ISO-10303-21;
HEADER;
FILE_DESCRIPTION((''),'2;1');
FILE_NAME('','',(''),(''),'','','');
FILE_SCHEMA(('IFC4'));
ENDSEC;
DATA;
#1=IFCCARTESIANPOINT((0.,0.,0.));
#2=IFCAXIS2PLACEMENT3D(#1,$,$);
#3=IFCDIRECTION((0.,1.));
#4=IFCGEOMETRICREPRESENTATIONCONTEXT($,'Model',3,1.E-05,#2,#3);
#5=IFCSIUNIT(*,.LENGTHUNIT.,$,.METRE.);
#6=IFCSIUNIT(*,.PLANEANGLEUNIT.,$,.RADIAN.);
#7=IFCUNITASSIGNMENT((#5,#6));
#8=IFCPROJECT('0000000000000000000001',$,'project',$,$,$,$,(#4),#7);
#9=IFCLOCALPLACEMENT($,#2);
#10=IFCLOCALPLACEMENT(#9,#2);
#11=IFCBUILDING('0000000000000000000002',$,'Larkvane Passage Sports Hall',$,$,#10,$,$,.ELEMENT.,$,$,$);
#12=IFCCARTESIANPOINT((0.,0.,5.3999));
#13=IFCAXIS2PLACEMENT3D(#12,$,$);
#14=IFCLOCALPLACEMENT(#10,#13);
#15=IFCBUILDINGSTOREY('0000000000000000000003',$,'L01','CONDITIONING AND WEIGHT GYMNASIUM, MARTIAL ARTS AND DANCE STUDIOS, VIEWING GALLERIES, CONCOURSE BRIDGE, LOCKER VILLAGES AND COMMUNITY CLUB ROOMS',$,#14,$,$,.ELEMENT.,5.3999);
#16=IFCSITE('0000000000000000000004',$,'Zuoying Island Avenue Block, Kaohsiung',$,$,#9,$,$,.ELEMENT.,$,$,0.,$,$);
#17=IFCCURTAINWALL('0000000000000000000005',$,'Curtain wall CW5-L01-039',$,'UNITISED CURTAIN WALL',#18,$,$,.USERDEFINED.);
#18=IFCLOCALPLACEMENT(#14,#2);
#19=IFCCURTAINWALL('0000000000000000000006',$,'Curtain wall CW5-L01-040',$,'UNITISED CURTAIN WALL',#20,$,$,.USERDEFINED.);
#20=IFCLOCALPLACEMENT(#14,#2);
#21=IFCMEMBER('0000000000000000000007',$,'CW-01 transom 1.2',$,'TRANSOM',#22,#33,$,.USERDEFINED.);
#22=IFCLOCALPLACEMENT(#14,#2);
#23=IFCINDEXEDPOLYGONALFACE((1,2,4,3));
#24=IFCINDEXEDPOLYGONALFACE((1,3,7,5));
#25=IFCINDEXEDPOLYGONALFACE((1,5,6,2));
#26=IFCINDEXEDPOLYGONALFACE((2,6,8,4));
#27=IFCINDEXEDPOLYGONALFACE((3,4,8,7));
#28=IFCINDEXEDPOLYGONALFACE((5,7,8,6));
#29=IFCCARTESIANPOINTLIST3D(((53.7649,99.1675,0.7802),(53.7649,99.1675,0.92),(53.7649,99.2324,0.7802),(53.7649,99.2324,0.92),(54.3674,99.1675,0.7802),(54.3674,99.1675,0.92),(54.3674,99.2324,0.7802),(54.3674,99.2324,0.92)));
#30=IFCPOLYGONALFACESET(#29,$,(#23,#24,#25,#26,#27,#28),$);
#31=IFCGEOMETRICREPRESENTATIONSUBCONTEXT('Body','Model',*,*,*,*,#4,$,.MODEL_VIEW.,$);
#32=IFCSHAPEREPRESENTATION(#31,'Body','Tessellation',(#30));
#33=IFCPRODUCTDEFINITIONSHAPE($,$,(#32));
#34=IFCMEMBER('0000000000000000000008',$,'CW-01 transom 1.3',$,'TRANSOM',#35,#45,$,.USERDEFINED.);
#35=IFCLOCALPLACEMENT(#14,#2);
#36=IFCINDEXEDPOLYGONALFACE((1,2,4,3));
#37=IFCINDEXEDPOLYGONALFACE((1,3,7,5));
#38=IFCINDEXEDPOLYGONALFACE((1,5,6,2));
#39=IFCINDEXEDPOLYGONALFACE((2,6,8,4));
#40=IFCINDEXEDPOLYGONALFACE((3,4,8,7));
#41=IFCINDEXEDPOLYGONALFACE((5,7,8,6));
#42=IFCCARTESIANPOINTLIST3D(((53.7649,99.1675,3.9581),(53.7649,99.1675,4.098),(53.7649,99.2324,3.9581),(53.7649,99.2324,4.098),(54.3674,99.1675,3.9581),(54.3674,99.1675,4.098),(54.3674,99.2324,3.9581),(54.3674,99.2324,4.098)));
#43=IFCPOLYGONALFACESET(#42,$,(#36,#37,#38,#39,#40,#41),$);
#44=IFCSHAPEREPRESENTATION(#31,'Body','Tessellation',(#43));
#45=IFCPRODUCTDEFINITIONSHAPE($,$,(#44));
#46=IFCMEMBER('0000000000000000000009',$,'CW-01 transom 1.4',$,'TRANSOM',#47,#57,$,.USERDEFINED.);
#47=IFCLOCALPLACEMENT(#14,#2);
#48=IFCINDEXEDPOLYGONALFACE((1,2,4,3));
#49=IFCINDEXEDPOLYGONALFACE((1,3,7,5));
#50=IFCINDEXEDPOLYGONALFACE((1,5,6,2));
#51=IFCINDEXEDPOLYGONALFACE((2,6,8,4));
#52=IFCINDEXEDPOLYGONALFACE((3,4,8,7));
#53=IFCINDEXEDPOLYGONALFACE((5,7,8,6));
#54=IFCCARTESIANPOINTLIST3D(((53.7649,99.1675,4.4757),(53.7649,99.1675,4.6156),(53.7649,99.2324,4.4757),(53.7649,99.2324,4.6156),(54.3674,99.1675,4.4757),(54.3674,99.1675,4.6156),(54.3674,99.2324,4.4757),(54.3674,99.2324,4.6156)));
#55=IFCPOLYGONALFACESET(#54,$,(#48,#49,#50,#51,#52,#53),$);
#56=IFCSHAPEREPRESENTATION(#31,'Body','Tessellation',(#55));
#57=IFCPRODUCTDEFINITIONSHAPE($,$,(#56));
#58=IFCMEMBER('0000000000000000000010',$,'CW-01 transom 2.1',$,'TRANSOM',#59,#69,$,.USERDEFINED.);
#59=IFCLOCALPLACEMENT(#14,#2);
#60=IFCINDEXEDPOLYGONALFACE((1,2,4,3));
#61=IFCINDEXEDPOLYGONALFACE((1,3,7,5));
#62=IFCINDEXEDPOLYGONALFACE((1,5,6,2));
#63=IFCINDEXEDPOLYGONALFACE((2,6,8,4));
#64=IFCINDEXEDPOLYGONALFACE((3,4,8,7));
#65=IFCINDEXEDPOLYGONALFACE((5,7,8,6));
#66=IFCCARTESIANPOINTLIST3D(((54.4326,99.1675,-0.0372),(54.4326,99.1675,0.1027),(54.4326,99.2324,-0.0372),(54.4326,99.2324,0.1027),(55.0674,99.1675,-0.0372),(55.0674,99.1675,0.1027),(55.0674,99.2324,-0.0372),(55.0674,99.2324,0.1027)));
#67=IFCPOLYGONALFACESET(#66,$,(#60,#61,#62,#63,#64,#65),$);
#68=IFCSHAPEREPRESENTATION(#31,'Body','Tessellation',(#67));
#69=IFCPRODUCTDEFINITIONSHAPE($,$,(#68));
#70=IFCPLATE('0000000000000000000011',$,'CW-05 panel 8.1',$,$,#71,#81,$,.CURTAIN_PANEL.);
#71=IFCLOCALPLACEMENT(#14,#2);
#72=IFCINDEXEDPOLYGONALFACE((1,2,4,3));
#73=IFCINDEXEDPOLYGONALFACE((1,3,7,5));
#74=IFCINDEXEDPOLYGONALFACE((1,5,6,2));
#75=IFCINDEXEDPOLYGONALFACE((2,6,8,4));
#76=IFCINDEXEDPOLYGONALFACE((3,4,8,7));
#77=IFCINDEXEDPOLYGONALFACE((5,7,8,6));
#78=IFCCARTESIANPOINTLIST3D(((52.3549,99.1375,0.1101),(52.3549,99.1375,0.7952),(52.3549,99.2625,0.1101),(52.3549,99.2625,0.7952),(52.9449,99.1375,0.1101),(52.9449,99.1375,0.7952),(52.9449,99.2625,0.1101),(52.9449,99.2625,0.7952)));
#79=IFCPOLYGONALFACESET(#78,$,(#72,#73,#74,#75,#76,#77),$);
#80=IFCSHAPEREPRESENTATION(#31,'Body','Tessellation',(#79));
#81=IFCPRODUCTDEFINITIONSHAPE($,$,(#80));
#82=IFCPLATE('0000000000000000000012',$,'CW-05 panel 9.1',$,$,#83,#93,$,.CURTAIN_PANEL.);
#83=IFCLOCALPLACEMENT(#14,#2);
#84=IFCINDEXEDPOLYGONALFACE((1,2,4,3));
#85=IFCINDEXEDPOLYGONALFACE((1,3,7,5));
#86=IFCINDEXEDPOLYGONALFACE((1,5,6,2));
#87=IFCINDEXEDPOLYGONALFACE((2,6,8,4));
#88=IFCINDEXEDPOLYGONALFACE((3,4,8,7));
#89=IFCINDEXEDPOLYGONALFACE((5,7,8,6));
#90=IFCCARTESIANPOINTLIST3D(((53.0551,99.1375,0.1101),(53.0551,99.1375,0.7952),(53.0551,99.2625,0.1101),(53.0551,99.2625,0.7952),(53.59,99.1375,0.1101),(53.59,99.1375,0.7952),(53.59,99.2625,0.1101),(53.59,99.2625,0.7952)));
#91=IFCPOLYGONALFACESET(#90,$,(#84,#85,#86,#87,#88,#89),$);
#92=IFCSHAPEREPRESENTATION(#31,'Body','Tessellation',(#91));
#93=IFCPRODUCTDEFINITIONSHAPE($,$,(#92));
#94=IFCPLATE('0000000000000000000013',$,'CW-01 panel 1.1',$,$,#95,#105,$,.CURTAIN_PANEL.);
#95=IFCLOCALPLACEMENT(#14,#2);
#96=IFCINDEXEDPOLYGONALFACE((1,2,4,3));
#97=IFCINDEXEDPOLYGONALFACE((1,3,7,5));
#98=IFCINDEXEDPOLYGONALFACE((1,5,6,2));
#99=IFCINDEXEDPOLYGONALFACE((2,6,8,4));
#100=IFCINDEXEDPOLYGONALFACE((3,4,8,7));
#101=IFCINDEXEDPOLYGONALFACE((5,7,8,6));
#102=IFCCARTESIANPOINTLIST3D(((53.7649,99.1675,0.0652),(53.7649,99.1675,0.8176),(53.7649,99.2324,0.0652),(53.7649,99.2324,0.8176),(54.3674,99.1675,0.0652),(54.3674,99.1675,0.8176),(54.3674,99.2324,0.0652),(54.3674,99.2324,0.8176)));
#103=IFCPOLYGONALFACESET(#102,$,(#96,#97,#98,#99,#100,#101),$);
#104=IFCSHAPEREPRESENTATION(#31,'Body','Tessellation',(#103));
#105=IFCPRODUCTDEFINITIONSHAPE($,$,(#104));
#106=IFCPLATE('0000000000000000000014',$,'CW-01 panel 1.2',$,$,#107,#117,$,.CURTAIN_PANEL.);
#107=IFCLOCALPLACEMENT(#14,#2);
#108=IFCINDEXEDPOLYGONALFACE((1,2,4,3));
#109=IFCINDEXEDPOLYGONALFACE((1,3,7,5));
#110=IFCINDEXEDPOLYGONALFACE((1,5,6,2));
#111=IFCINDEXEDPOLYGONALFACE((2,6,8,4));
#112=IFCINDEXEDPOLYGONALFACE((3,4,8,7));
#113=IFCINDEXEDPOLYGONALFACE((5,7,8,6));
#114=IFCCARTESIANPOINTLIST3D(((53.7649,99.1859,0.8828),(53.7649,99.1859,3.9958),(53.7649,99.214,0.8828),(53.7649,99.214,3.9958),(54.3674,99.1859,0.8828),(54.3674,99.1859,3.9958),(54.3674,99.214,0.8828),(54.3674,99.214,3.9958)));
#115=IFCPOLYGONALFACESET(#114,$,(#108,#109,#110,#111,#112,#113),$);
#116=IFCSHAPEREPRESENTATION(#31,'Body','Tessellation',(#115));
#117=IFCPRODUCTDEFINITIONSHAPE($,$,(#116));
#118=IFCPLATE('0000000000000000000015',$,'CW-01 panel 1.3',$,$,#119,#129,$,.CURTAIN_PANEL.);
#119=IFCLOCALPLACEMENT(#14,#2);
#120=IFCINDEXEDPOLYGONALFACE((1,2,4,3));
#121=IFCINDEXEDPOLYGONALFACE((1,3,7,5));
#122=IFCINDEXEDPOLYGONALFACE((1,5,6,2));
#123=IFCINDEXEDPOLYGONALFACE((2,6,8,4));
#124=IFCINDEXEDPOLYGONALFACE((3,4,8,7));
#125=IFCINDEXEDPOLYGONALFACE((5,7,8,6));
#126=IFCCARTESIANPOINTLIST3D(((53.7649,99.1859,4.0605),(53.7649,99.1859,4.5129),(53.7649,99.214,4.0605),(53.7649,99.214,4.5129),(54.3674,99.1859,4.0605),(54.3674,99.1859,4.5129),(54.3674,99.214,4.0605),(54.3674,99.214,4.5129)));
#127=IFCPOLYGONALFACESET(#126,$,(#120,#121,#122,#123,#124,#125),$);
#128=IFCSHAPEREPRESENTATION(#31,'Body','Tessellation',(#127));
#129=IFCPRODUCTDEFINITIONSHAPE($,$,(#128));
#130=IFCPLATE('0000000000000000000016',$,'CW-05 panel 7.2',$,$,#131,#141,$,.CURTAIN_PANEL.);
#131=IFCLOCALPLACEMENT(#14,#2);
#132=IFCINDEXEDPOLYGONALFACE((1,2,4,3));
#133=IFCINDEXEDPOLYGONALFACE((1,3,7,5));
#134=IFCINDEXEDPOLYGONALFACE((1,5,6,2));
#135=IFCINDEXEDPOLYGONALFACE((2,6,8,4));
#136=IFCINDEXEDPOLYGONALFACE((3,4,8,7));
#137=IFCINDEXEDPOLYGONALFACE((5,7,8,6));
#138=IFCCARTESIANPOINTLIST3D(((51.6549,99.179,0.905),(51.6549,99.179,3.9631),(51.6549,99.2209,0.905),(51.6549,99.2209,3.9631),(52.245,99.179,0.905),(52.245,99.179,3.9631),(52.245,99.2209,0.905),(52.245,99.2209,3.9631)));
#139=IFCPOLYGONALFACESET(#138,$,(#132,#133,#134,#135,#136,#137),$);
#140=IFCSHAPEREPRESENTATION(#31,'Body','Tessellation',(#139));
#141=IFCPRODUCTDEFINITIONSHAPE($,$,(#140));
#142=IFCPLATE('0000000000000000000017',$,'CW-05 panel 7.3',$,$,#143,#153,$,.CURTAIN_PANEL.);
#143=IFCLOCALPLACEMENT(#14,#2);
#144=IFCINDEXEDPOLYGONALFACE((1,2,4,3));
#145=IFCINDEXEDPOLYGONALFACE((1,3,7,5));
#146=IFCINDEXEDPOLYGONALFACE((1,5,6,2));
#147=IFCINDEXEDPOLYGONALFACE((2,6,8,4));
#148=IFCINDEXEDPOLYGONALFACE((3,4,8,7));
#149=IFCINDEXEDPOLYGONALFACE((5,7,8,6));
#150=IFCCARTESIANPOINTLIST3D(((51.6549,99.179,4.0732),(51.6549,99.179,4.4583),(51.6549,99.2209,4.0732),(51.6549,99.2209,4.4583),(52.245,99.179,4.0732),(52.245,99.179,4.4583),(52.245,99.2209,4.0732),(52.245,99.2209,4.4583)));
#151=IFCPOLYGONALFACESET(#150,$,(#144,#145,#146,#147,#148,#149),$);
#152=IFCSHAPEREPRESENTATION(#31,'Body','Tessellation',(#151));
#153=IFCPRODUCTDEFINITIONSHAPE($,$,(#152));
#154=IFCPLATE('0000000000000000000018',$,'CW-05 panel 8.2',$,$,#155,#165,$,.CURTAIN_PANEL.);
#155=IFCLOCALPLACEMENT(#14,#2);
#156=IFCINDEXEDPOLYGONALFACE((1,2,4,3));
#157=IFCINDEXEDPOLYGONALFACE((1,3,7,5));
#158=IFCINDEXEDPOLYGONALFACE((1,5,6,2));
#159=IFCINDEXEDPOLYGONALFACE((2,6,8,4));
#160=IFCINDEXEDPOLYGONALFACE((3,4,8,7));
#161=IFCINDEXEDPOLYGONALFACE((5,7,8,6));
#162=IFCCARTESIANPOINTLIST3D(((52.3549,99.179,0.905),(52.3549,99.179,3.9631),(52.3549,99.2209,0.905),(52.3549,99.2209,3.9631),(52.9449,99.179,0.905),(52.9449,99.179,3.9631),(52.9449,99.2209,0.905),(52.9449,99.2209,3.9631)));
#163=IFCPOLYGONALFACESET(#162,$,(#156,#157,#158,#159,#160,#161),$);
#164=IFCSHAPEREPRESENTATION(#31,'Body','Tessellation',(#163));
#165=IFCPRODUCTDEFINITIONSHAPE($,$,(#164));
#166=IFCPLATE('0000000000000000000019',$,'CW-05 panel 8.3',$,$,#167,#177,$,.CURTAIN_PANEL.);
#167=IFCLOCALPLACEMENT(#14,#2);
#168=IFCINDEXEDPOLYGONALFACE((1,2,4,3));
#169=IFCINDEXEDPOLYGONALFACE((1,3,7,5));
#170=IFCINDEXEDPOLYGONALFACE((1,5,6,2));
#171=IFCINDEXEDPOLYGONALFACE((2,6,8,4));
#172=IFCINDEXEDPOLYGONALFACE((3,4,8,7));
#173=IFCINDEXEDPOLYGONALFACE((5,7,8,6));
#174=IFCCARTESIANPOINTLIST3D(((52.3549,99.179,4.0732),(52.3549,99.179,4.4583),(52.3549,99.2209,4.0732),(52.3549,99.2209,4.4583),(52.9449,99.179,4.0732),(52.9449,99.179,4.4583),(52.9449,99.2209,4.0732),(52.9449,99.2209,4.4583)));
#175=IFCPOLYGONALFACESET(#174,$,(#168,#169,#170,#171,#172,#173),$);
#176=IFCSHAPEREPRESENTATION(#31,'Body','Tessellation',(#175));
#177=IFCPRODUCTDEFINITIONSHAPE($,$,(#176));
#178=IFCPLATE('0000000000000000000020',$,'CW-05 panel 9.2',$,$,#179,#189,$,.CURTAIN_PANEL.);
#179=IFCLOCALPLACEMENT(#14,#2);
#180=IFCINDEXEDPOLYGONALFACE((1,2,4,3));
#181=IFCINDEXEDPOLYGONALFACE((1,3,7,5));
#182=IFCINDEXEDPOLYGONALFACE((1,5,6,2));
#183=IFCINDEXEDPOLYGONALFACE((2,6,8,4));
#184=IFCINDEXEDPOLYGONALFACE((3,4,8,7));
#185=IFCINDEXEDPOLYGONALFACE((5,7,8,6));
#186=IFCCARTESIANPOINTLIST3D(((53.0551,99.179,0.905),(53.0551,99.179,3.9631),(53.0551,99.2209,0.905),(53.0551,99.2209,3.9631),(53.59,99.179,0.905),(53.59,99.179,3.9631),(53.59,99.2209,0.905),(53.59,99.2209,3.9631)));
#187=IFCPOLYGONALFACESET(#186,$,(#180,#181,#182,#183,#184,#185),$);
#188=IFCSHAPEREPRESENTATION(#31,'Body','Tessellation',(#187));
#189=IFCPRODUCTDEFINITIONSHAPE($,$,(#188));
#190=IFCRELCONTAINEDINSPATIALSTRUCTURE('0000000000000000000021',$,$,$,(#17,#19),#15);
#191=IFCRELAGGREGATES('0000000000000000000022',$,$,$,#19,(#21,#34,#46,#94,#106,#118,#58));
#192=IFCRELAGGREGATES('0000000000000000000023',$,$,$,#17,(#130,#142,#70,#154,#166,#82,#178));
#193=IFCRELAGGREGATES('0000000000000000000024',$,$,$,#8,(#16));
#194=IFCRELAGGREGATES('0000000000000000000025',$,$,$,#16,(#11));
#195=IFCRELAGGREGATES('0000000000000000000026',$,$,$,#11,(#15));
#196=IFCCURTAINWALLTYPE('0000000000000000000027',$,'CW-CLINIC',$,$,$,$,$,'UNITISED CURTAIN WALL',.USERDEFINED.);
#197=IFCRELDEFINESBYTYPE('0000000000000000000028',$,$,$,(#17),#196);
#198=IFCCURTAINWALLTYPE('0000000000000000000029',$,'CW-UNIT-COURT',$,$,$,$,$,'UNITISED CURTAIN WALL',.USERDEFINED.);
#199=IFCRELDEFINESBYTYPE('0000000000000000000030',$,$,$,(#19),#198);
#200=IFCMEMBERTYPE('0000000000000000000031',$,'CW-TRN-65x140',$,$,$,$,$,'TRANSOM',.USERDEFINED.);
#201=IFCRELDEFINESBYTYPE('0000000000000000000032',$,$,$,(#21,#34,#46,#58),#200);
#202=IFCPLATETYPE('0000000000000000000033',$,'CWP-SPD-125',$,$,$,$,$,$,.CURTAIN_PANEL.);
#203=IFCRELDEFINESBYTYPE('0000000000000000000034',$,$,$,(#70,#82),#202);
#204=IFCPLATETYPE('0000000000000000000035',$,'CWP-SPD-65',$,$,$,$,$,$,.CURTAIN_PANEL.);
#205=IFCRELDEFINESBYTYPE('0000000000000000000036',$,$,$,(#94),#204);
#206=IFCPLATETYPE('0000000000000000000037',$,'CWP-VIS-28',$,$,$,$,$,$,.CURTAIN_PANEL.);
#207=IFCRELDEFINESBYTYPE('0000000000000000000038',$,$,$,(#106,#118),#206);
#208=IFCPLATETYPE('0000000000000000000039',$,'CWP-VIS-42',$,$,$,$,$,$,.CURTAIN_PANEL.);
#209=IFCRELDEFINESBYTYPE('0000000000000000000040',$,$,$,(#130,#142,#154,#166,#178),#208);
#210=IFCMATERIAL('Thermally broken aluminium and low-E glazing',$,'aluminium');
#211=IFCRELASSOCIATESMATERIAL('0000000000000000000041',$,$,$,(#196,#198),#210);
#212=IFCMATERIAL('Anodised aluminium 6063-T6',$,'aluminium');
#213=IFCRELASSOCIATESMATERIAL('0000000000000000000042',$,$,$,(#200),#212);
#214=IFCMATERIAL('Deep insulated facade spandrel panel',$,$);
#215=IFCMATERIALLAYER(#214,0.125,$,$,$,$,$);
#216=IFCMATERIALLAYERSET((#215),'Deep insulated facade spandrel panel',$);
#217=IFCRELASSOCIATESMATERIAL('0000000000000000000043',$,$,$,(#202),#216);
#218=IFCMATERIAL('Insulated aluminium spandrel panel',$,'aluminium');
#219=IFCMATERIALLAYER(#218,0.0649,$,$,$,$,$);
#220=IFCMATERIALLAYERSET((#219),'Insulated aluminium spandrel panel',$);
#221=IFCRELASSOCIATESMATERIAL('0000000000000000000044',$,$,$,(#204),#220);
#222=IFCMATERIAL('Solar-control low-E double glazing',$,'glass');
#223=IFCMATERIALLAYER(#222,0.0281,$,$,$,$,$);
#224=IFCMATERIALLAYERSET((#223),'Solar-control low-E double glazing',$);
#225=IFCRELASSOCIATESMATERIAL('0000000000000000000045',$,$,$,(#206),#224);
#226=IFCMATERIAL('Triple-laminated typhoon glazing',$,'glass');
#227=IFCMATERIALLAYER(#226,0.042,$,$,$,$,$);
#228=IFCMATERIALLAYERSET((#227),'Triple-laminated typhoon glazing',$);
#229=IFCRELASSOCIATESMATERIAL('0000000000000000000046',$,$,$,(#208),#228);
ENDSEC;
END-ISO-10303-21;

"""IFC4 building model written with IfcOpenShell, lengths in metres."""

from ifc_helpers import new_model, si_unit, direction, frame, origin, origin_2d, place, context, subcontext, project, spatial, rectangle, extrude, material, layer, layer_set, material_profile, profile_set, type_object, element, aggregate, save


model = new_model("IFC4")

# Units and contexts
model_context = context("Model", 3, precision=1e-05, world=origin(), true_north=direction((0.0, 1.0)))
body_context = subcontext(model_context, "Body", "Model", "MODEL_VIEW")
ifc_project = project(units=[si_unit("LENGTHUNIT", "METRE"), si_unit("PLANEANGLEUNIT", "RADIAN")], contexts=[model_context])

# Site, building, storey
site_placement = place(None, origin())
site = spatial("IfcSite", under=ifc_project, at=site_placement, Name="Zuoying Island Avenue Block, Kaohsiung", CompositionType="ELEMENT", RefElevation=0.0)
building_placement = place(site_placement, origin())
building = spatial("IfcBuilding", under=site, at=building_placement, Name="Larkvane Passage Sports Hall", CompositionType="ELEMENT")
storey_placement = place(building_placement, frame((0.0, 0.0, 5.3999)))
storey = spatial("IfcBuildingStorey", under=building, at=storey_placement, Name="L01", Description="CONDITIONING AND WEIGHT GYMNASIUM, MARTIAL ARTS AND DANCE STUDIOS, VIEWING GALLERIES, CONCOURSE BRIDGE, LOCKER VILLAGES AND COMMUNITY CLUB ROOMS", CompositionType="ELEMENT", Elevation=5.3999)

# Curtain walls
ifc_material_1 = material(Name="Thermally broken aluminium and low-E glazing", Category="aluminium")
curtain_wall_type_1 = type_object("IfcCurtainWallType", Name="CW-CLINIC", ElementType="UNITISED CURTAIN WALL", PredefinedType="USERDEFINED", material=ifc_material_1)
curtain_wall_1_placement = place(storey_placement, origin())
curtain_wall_1 = element("IfcCurtainWall", 1, at=curtain_wall_1_placement, inside=storey, type_object=curtain_wall_type_1, Name="Curtain wall CW5-L01-039", ObjectType="UNITISED CURTAIN WALL", PredefinedType="USERDEFINED")
ifc_material_2 = material(Name="Anodised aluminium 6063-T6", Category="aluminium")
curtain_wall_type_2 = type_object("IfcCurtainWallType", Name="CW-UNIT-COURT", ElementType="UNITISED CURTAIN WALL", PredefinedType="USERDEFINED", material=ifc_material_1)
curtain_wall_2_placement = place(storey_placement, origin())
curtain_wall_2 = element("IfcCurtainWall", 2, at=curtain_wall_2_placement, inside=storey, type_object=curtain_wall_type_2, Name="Curtain wall CW5-L01-040", ObjectType="UNITISED CURTAIN WALL", PredefinedType="USERDEFINED")

# Members
ifc_material_profile_1 = material_profile(ifc_material_2, rectangle(XDim=0.0649, YDim=0.1399, at=origin_2d()), Name="ALU-TRN-65x140")
ifc_profile_set_1 = profile_set([ifc_material_profile_1], Name="Anodised aluminium 6063-T6")
member_type_1 = type_object("IfcMemberType", Name="CW-TRN-65x140", ElementType="TRANSOM", PredefinedType="USERDEFINED", material=ifc_profile_set_1)
member_1_placement = place(storey_placement, frame((53.7649, 99.2, 0.8501), z_axis=(1.0, 0.0, 0.0), x_axis=(0.0, 1.0, 0.0)))
member_1 = element("IfcMember", 3, at=member_1_placement, type_object=member_type_1, Name="CW-01 transom 1.2", ObjectType="TRANSOM", PredefinedType="USERDEFINED", context=body_context, shape_type="SweptSolid", body=[
    extrude(rectangle(XDim=0.0649, YDim=0.1399, at=origin_2d()), origin(), (0.0, 0.0, 1.0), 0.6025),
])
member_2_placement = place(storey_placement, frame((53.7649, 99.2, 4.0281), z_axis=(1.0, 0.0, 0.0), x_axis=(0.0, 1.0, 0.0)))
member_2 = element("IfcMember", 4, at=member_2_placement, type_object=member_type_1, Name="CW-01 transom 1.3", ObjectType="TRANSOM", PredefinedType="USERDEFINED", context=body_context, shape_type="SweptSolid", body=[
    extrude(rectangle(XDim=0.0649, YDim=0.1399, at=origin_2d()), origin(), (0.0, 0.0, 1.0), 0.6025),
])
member_3_placement = place(storey_placement, frame((53.7649, 99.2, 4.5457), z_axis=(1.0, 0.0, 0.0), x_axis=(0.0, 1.0, 0.0)))
member_3 = element("IfcMember", 5, at=member_3_placement, type_object=member_type_1, Name="CW-01 transom 1.4", ObjectType="TRANSOM", PredefinedType="USERDEFINED", context=body_context, shape_type="SweptSolid", body=[
    extrude(rectangle(XDim=0.0649, YDim=0.1399, at=origin_2d()), origin(), (0.0, 0.0, 1.0), 0.6025),
])
member_4_placement = place(storey_placement, frame((54.4326, 99.2, 0.0327), z_axis=(1.0, 0.0, 0.0), x_axis=(0.0, 1.0, 0.0)))
member_4 = element("IfcMember", 6, at=member_4_placement, type_object=member_type_1, Name="CW-01 transom 2.1", ObjectType="TRANSOM", PredefinedType="USERDEFINED", context=body_context, shape_type="SweptSolid", body=[
    extrude(rectangle(XDim=0.0649, YDim=0.1399, at=origin_2d()), origin(), (0.0, 0.0, 1.0), 0.6348),
])

# Plates
ifc_material_3 = material(Name="Deep insulated facade spandrel panel")
ifc_layer_1 = layer(ifc_material_3, 0.125)
ifc_layer_set_1 = layer_set([ifc_layer_1], Name="Deep insulated facade spandrel panel")
plate_type_1 = type_object("IfcPlateType", Name="CWP-SPD-125", PredefinedType="CURTAIN_PANEL", material=ifc_layer_set_1)
plate_1_placement = place(storey_placement, frame((52.6499, 99.2, 0.1101), z_axis=(0.0, 0.0, 1.0), x_axis=(1.0, 0.0, 0.0)))
plate_1 = element("IfcPlate", 7, at=plate_1_placement, type_object=plate_type_1, Name="CW-05 panel 8.1", PredefinedType="CURTAIN_PANEL", context=body_context, shape_type="SweptSolid", body=[
    extrude(rectangle(XDim=0.5901, YDim=0.125, at=origin_2d()), origin(), (0.0, 0.0, 1.0), 0.6851),
])
plate_2_placement = place(storey_placement, frame((53.3225, 99.2, 0.1101), z_axis=(0.0, 0.0, 1.0), x_axis=(1.0, 0.0, 0.0)))
plate_2 = element("IfcPlate", 8, at=plate_2_placement, type_object=plate_type_1, Name="CW-05 panel 9.1", PredefinedType="CURTAIN_PANEL", context=body_context, shape_type="SweptSolid", body=[
    extrude(rectangle(XDim=0.5349, YDim=0.125, at=origin_2d()), origin(), (0.0, 0.0, 1.0), 0.6851),
])
ifc_material_4 = material(Name="Insulated aluminium spandrel panel", Category="aluminium")
ifc_layer_2 = layer(ifc_material_4, 0.0649)
ifc_layer_set_2 = layer_set([ifc_layer_2], Name="Insulated aluminium spandrel panel")
plate_type_2 = type_object("IfcPlateType", Name="CWP-SPD-65", PredefinedType="CURTAIN_PANEL", material=ifc_layer_set_2)
plate_3_placement = place(storey_placement, frame((54.0662, 99.2, 0.0652), z_axis=(0.0, 0.0, 1.0), x_axis=(1.0, 0.0, 0.0)))
plate_3 = element("IfcPlate", 9, at=plate_3_placement, type_object=plate_type_2, Name="CW-01 panel 1.1", PredefinedType="CURTAIN_PANEL", context=body_context, shape_type="SweptSolid", body=[
    extrude(rectangle(XDim=0.6025, YDim=0.0649, at=origin_2d()), origin(), (0.0, 0.0, 1.0), 0.7524),
])
ifc_material_5 = material(Name="Solar-control low-E double glazing", Category="glass")
ifc_layer_3 = layer(ifc_material_5, 0.0281)
ifc_layer_set_3 = layer_set([ifc_layer_3], Name="Solar-control low-E double glazing")
plate_type_3 = type_object("IfcPlateType", Name="CWP-VIS-28", PredefinedType="CURTAIN_PANEL", material=ifc_layer_set_3)
plate_4_placement = place(storey_placement, frame((54.0662, 99.2, 0.8828), z_axis=(0.0, 0.0, 1.0), x_axis=(1.0, 0.0, 0.0)))
plate_4 = element("IfcPlate", 10, at=plate_4_placement, type_object=plate_type_3, Name="CW-01 panel 1.2", PredefinedType="CURTAIN_PANEL", context=body_context, shape_type="SweptSolid", body=[
    extrude(rectangle(XDim=0.6025, YDim=0.0281, at=origin_2d()), origin(), (0.0, 0.0, 1.0), 3.113),
])
plate_5_placement = place(storey_placement, frame((54.0662, 99.2, 4.0605), z_axis=(0.0, 0.0, 1.0), x_axis=(1.0, 0.0, 0.0)))
plate_5 = element("IfcPlate", 11, at=plate_5_placement, type_object=plate_type_3, Name="CW-01 panel 1.3", PredefinedType="CURTAIN_PANEL", context=body_context, shape_type="SweptSolid", body=[
    extrude(rectangle(XDim=0.6025, YDim=0.0281, at=origin_2d()), origin(), (0.0, 0.0, 1.0), 0.4524),
])
aggregate(curtain_wall_2, [member_1, member_2, member_3, plate_3, plate_4, plate_5, member_4])
ifc_material_6 = material(Name="Triple-laminated typhoon glazing", Category="glass")
ifc_layer_4 = layer(ifc_material_6, 0.042)
ifc_layer_set_4 = layer_set([ifc_layer_4], Name="Triple-laminated typhoon glazing")
plate_type_4 = type_object("IfcPlateType", Name="CWP-VIS-42", PredefinedType="CURTAIN_PANEL", material=ifc_layer_set_4)
plate_6_placement = place(storey_placement, frame((51.95, 99.2, 0.905), z_axis=(0.0, 0.0, 1.0), x_axis=(1.0, 0.0, 0.0)))
plate_6 = element("IfcPlate", 12, at=plate_6_placement, type_object=plate_type_4, Name="CW-05 panel 7.2", PredefinedType="CURTAIN_PANEL", context=body_context, shape_type="SweptSolid", body=[
    extrude(rectangle(XDim=0.5901, YDim=0.042, at=origin_2d()), origin(), (0.0, 0.0, 1.0), 3.0581),
])
plate_7_placement = place(storey_placement, frame((51.95, 99.2, 4.0732), z_axis=(0.0, 0.0, 1.0), x_axis=(1.0, 0.0, 0.0)))
plate_7 = element("IfcPlate", 13, at=plate_7_placement, type_object=plate_type_4, Name="CW-05 panel 7.3", PredefinedType="CURTAIN_PANEL", context=body_context, shape_type="SweptSolid", body=[
    extrude(rectangle(XDim=0.5901, YDim=0.042, at=origin_2d()), origin(), (0.0, 0.0, 1.0), 0.385),
])
plate_8_placement = place(storey_placement, frame((52.6499, 99.2, 0.905), z_axis=(0.0, 0.0, 1.0), x_axis=(1.0, 0.0, 0.0)))
plate_8 = element("IfcPlate", 14, at=plate_8_placement, type_object=plate_type_4, Name="CW-05 panel 8.2", PredefinedType="CURTAIN_PANEL", context=body_context, shape_type="SweptSolid", body=[
    extrude(rectangle(XDim=0.5901, YDim=0.042, at=origin_2d()), origin(), (0.0, 0.0, 1.0), 3.0581),
])
plate_9_placement = place(storey_placement, frame((52.6499, 99.2, 4.0732), z_axis=(0.0, 0.0, 1.0), x_axis=(1.0, 0.0, 0.0)))
plate_9 = element("IfcPlate", 15, at=plate_9_placement, type_object=plate_type_4, Name="CW-05 panel 8.3", PredefinedType="CURTAIN_PANEL", context=body_context, shape_type="SweptSolid", body=[
    extrude(rectangle(XDim=0.5901, YDim=0.042, at=origin_2d()), origin(), (0.0, 0.0, 1.0), 0.385),
])
plate_10_placement = place(storey_placement, frame((53.3225, 99.2, 0.905), z_axis=(0.0, 0.0, 1.0), x_axis=(1.0, 0.0, 0.0)))
plate_10 = element("IfcPlate", 16, at=plate_10_placement, type_object=plate_type_4, Name="CW-05 panel 9.2", PredefinedType="CURTAIN_PANEL", context=body_context, shape_type="SweptSolid", body=[
    extrude(rectangle(XDim=0.5349, YDim=0.042, at=origin_2d()), origin(), (0.0, 0.0, 1.0), 3.0581),
])
aggregate(curtain_wall_1, [plate_6, plate_7, plate_1, plate_8, plate_9, plate_2, plate_10])

save(model, "model.ifc")
